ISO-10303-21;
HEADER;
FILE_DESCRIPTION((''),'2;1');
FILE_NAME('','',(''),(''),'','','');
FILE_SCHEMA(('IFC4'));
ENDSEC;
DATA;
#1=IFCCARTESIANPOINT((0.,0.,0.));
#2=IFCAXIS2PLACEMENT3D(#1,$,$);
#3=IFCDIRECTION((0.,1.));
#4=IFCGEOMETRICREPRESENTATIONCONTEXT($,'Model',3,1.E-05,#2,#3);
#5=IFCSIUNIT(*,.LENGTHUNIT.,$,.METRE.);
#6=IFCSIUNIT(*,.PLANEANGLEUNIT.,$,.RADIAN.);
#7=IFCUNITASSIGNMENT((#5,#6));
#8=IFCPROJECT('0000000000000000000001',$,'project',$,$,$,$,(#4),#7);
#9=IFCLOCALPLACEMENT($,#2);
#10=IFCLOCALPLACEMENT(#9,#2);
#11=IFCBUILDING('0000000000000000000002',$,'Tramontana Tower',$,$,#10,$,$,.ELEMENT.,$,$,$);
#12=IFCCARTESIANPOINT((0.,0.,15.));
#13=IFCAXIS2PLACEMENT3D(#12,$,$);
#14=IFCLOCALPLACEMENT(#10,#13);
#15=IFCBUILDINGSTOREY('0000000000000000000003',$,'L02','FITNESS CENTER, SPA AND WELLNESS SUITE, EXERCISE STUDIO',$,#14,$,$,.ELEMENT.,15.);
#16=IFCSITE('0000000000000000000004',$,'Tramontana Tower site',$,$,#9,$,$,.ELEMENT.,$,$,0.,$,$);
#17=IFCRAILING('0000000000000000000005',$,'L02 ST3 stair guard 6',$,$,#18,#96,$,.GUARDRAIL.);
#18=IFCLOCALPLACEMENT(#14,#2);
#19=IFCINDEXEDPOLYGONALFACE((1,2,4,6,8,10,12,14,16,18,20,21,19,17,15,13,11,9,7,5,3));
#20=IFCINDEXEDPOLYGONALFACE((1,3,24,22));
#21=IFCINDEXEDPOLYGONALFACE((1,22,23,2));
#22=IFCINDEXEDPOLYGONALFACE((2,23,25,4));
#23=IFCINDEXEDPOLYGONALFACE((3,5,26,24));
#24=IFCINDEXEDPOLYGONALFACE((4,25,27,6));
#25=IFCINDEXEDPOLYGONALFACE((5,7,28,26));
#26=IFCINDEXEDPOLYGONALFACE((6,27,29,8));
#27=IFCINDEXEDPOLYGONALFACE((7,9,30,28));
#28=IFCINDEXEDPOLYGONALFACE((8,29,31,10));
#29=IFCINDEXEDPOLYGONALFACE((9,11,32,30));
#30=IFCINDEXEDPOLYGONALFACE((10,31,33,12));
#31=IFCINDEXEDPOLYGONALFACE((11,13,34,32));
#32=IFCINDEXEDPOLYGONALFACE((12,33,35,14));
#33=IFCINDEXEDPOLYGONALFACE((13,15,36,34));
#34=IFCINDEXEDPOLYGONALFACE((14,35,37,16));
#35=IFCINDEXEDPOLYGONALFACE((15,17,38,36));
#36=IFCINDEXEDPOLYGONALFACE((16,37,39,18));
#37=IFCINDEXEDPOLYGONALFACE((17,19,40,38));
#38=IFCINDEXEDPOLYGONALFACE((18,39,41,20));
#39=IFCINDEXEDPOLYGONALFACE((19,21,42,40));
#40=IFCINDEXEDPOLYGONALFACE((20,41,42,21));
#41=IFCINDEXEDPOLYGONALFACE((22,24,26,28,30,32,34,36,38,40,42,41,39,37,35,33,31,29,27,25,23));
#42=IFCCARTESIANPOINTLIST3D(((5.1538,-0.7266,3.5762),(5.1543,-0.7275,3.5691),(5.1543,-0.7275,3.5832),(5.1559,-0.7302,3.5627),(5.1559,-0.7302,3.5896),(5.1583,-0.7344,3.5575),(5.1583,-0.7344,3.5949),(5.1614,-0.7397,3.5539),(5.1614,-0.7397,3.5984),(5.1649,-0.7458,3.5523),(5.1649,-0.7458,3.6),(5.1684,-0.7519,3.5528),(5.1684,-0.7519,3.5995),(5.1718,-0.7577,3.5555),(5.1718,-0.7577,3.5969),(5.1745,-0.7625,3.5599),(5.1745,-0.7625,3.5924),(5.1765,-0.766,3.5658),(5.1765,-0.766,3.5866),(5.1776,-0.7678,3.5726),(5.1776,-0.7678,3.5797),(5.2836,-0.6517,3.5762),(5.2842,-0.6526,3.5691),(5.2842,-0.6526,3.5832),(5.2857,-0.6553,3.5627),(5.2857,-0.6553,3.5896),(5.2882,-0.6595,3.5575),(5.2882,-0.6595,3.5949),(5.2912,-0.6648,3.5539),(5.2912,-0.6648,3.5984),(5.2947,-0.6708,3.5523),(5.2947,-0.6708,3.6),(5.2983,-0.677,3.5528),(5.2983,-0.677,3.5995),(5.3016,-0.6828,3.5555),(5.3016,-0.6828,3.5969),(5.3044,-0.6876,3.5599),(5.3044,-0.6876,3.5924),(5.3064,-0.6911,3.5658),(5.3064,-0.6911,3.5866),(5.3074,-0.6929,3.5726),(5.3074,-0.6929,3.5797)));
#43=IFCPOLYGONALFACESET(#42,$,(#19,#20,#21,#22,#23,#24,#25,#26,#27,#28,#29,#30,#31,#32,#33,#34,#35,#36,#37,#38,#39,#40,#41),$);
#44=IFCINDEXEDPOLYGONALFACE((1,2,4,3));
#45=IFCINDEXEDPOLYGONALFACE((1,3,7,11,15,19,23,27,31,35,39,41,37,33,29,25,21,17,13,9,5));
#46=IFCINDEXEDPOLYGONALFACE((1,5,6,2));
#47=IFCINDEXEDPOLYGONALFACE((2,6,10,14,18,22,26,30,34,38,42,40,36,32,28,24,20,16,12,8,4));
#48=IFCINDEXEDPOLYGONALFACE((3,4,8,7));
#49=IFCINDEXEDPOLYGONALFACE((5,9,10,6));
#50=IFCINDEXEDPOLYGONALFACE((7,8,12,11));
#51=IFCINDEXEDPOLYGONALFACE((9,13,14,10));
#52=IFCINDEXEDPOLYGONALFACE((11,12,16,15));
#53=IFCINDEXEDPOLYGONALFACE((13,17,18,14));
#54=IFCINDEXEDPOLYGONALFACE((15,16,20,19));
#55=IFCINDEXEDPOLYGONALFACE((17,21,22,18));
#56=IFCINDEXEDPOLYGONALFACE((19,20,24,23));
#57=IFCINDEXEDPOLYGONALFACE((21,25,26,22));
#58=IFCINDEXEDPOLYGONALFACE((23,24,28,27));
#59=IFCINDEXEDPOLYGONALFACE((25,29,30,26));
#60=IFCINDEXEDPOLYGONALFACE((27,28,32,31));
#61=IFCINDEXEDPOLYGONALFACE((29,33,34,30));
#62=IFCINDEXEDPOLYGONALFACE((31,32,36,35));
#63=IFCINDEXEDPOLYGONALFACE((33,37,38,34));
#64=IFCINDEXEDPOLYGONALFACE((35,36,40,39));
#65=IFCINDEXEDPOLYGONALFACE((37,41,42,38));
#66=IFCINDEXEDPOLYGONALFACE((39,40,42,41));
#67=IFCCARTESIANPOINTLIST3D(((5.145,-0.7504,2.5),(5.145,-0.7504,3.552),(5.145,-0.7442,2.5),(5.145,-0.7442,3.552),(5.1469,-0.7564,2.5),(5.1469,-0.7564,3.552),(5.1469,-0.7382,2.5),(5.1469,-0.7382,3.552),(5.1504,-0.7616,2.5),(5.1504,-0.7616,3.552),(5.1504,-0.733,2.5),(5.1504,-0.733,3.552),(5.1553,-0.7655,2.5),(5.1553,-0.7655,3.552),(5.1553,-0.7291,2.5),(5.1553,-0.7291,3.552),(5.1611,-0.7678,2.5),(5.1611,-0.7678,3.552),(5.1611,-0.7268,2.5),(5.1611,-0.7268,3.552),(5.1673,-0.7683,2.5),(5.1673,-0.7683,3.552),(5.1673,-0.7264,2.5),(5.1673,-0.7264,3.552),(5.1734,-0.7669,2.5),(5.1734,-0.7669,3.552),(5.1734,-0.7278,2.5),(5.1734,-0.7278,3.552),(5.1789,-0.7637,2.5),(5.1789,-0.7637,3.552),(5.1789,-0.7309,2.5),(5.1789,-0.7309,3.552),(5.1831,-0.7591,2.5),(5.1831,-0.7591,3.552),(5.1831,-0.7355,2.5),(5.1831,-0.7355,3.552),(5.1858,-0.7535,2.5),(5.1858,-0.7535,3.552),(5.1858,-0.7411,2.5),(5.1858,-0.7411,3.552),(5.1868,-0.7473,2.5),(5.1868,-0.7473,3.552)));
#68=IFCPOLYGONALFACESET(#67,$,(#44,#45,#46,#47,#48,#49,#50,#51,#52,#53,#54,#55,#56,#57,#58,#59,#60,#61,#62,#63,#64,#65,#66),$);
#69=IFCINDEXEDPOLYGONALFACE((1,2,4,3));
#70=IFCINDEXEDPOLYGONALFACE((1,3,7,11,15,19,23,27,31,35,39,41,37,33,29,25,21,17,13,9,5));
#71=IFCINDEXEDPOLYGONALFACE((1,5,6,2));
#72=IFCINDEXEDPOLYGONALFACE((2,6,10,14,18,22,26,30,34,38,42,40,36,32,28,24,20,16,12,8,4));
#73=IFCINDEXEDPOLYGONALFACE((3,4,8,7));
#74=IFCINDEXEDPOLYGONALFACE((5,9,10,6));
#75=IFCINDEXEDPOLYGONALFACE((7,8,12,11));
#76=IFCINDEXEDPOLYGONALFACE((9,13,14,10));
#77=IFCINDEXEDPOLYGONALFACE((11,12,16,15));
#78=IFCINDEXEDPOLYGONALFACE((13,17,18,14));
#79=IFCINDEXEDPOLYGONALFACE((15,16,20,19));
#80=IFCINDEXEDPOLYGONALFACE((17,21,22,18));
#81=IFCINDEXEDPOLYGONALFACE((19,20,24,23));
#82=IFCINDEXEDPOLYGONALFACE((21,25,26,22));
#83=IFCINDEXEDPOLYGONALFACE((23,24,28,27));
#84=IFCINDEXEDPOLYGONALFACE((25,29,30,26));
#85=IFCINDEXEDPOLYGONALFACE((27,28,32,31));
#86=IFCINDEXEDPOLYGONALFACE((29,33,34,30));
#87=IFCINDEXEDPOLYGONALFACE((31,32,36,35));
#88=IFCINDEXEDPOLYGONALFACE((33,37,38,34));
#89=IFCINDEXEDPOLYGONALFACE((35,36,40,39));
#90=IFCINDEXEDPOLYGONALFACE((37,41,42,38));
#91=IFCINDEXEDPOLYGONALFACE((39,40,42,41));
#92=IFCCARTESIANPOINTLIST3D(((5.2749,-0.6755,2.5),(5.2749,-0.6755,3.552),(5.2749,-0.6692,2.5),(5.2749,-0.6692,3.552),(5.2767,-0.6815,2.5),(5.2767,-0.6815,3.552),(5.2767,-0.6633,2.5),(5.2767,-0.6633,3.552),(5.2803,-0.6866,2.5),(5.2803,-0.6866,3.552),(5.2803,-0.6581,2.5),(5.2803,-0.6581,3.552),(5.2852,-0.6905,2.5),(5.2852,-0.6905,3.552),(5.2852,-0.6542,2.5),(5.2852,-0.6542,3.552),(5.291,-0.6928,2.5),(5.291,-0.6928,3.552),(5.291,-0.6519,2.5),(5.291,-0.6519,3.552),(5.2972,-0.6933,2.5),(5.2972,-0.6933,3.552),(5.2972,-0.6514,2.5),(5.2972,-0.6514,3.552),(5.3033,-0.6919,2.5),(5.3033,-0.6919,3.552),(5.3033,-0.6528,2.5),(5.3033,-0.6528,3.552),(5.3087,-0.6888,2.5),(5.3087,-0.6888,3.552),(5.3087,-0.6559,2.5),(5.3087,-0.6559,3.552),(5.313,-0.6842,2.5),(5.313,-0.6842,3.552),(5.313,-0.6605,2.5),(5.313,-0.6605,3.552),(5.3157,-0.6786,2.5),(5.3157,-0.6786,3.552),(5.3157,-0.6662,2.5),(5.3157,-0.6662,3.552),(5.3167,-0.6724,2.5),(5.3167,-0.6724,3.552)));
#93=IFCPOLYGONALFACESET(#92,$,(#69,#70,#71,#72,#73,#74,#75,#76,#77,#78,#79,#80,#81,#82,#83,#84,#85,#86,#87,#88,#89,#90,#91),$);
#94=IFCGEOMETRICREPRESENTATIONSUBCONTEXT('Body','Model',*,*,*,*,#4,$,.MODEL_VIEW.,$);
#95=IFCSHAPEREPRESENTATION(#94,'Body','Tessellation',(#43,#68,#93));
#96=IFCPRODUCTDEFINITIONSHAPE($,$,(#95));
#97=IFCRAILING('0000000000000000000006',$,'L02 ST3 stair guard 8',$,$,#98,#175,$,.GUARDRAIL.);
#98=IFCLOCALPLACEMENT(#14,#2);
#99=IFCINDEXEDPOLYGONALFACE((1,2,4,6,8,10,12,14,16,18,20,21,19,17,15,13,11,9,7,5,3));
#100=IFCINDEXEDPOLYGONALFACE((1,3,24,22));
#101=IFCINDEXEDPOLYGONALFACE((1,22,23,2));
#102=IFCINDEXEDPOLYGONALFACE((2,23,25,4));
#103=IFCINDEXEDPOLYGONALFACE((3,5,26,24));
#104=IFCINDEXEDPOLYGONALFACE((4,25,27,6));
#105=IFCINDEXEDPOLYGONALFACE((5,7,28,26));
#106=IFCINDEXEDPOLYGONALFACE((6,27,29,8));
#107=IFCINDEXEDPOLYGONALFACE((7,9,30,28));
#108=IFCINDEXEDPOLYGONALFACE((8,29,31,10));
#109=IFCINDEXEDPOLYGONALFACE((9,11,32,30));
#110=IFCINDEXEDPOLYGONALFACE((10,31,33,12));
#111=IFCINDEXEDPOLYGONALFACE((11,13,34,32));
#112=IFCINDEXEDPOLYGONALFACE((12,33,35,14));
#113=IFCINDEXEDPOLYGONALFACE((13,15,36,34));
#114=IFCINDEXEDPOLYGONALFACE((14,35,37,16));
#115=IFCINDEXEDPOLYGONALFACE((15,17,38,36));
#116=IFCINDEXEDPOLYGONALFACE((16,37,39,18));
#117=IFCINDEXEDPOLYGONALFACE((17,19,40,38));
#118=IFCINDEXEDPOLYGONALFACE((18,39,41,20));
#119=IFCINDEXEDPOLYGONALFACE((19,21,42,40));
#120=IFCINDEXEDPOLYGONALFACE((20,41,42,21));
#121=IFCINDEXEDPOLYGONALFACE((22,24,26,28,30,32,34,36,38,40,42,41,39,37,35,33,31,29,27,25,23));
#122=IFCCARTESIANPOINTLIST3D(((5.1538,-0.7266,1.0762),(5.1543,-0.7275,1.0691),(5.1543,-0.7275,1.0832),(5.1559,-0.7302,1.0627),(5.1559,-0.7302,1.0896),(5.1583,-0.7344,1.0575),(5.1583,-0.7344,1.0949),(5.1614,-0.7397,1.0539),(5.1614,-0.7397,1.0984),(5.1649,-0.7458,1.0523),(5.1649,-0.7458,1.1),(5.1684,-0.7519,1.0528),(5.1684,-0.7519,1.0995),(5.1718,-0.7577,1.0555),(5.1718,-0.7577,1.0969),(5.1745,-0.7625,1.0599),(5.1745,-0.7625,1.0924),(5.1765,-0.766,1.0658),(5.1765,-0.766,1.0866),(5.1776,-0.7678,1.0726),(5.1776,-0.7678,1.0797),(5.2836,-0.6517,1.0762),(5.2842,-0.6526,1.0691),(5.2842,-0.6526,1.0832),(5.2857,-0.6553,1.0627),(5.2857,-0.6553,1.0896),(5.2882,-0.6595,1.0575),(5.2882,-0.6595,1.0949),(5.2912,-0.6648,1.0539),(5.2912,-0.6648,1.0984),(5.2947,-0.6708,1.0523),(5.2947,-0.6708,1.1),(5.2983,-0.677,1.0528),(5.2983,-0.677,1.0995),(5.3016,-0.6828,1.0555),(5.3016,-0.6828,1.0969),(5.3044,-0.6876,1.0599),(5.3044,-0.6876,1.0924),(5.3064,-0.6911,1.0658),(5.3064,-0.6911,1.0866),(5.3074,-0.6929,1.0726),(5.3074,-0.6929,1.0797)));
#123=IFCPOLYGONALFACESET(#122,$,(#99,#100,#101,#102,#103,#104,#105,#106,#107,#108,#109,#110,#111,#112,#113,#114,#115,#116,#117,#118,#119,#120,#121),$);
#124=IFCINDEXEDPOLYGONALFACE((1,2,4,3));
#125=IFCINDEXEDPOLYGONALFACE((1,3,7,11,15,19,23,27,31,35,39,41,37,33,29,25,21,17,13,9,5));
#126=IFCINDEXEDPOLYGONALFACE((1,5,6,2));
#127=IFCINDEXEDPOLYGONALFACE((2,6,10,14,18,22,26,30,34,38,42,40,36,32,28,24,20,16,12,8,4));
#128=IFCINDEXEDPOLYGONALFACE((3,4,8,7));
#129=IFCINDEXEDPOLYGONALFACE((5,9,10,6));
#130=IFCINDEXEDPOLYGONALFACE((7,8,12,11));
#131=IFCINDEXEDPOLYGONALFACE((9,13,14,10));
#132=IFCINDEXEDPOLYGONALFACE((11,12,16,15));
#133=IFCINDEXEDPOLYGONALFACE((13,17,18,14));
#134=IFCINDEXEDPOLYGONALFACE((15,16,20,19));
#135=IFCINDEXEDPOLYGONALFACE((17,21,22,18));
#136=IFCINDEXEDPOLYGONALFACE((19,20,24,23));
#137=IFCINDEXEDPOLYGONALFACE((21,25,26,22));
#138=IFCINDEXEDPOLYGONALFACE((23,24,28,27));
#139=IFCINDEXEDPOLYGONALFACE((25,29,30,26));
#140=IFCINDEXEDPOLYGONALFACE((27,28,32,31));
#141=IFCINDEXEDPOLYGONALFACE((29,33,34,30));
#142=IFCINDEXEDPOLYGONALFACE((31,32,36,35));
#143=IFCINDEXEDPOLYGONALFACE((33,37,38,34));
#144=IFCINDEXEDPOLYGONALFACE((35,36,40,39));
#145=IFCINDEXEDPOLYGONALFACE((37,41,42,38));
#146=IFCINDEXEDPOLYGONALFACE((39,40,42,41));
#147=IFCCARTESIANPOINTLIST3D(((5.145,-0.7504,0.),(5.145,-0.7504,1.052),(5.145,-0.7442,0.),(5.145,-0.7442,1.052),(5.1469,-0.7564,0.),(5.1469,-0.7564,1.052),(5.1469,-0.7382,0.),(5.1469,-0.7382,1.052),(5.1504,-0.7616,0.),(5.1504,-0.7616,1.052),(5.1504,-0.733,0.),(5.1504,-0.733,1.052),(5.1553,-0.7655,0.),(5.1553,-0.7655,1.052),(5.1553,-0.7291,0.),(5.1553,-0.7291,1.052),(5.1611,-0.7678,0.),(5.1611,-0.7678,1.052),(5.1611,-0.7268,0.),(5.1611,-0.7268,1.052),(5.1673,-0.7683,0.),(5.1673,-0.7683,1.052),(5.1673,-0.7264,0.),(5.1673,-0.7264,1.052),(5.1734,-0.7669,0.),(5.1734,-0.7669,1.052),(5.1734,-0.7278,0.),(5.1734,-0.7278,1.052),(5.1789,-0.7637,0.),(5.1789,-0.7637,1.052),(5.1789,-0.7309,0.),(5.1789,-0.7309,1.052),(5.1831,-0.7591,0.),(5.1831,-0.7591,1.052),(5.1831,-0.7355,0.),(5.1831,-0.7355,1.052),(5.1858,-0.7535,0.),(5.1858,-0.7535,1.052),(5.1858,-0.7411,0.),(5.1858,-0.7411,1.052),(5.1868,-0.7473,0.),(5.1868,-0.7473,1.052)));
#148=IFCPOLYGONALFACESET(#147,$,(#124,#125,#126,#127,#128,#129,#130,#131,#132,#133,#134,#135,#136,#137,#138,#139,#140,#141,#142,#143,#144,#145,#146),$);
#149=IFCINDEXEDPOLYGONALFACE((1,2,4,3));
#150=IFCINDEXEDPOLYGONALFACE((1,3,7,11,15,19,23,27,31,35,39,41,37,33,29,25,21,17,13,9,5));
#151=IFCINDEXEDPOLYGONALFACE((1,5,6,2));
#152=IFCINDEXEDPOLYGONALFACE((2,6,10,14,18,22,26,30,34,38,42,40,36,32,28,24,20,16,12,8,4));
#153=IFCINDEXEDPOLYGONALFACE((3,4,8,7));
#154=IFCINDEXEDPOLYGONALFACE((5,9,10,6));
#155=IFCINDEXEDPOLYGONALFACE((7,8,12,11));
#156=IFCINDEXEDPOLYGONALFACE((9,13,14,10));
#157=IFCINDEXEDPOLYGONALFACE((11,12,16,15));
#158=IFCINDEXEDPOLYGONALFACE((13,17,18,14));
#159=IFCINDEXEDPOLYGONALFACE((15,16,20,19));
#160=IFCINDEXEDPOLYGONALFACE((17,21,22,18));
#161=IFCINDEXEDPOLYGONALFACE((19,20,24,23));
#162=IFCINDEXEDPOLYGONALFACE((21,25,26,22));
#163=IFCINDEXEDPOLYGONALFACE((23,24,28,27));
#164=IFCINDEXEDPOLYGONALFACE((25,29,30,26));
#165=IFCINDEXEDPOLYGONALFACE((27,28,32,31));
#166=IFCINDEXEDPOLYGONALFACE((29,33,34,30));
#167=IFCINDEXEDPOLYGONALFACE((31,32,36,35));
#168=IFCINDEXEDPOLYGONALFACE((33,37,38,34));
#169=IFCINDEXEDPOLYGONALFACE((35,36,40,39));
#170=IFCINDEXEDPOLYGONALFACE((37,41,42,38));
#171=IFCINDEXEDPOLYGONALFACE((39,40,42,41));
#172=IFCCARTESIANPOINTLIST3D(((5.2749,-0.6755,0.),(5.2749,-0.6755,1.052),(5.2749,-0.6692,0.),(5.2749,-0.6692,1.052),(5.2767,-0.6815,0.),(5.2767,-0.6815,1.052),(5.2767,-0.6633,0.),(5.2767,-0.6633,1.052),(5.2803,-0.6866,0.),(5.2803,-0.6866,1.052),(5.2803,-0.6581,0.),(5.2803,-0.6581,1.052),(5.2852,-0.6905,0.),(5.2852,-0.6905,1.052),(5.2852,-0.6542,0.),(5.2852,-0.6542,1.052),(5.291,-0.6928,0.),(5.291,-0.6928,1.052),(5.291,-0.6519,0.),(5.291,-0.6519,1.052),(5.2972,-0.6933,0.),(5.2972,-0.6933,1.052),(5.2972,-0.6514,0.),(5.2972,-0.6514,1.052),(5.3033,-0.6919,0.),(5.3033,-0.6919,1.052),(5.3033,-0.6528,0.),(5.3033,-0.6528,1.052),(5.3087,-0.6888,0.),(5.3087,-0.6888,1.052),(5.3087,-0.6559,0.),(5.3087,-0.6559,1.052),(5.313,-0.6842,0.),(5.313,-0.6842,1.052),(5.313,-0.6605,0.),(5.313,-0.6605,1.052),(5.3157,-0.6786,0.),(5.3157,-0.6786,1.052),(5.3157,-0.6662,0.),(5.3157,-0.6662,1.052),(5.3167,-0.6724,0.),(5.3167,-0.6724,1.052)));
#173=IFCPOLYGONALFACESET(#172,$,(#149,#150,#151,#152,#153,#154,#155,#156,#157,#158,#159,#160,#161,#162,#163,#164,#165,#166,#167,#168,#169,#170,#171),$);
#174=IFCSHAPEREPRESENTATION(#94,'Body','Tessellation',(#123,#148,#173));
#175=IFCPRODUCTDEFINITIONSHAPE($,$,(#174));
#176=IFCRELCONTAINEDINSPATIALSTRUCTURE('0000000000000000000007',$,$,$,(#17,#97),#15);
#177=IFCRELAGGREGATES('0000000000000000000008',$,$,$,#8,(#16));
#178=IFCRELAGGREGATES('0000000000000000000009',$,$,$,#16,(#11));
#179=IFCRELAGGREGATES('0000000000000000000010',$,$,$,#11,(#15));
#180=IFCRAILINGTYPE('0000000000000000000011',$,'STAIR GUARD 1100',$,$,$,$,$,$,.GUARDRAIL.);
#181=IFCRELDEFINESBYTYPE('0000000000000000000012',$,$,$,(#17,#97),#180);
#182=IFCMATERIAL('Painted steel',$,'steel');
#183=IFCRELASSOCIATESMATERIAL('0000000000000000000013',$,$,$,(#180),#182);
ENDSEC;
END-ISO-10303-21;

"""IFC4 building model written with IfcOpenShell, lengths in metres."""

from ifc_helpers import new_model, si_unit, direction, frame, origin, origin_2d, place, context, subcontext, project, spatial, circle, extrude, material, type_object, element, save


model = new_model("IFC4")

# Units and contexts
model_context = context("Model", 3, precision=1e-05, world=origin(), true_north=direction((0.0, 1.0)))
body_context = subcontext(model_context, "Body", "Model", "MODEL_VIEW")
ifc_project = project(units=[si_unit("LENGTHUNIT", "METRE"), si_unit("PLANEANGLEUNIT", "RADIAN")], contexts=[model_context])

# Site, building, storey
site_placement = place(None, origin())
site = spatial("IfcSite", under=ifc_project, at=site_placement, Name="Tramontana Tower site", CompositionType="ELEMENT", RefElevation=0.0)
building_placement = place(site_placement, origin())
building = spatial("IfcBuilding", under=site, at=building_placement, Name="Tramontana Tower", CompositionType="ELEMENT")
storey_placement = place(building_placement, frame((0.0, 0.0, 15.0)))
storey = spatial("IfcBuildingStorey", under=building, at=storey_placement, Name="L02", Description="FITNESS CENTER, SPA AND WELLNESS SUITE, EXERCISE STUDIO", CompositionType="ELEMENT", Elevation=15.0)

# Railings
ifc_material_1 = material(Name="Painted steel", Category="steel")
railing_type = type_object("IfcRailingType", Name="STAIR GUARD 1100", PredefinedType="GUARDRAIL", material=ifc_material_1)
for number, where, name in (
    (1, (5.1658, -0.7473, 2.5), "L02 ST3 stair guard 6"),
    (2, (5.1658, -0.7473, 0.0), "L02 ST3 stair guard 8"),
):
    element("IfcRailing", number, at=place(storey_placement, frame(where)), inside=storey, type_object=railing_type, Name=name, PredefinedType="GUARDRAIL", context=body_context, shape_type="SweptSolid", body=[
        extrude(circle(Radius=0.0239, at=origin_2d()), frame((0.0, 0.0, 1.0762), z_axis=(0.866131, 0.499816, 0.0), x_axis=(-0.499816, 0.866131, 0.0)), (0.0, 0.0, 1.0), 0.1499),
        extrude(circle(Radius=0.021, at=origin_2d()), origin(), (0.0, 0.0, 1.0), 1.052),
        extrude(circle(Radius=0.021, at=origin_2d()), frame((0.1299, 0.075, 0.0)), (0.0, 0.0, 1.0), 1.052),
    ])

save(model, "model.ifc")
